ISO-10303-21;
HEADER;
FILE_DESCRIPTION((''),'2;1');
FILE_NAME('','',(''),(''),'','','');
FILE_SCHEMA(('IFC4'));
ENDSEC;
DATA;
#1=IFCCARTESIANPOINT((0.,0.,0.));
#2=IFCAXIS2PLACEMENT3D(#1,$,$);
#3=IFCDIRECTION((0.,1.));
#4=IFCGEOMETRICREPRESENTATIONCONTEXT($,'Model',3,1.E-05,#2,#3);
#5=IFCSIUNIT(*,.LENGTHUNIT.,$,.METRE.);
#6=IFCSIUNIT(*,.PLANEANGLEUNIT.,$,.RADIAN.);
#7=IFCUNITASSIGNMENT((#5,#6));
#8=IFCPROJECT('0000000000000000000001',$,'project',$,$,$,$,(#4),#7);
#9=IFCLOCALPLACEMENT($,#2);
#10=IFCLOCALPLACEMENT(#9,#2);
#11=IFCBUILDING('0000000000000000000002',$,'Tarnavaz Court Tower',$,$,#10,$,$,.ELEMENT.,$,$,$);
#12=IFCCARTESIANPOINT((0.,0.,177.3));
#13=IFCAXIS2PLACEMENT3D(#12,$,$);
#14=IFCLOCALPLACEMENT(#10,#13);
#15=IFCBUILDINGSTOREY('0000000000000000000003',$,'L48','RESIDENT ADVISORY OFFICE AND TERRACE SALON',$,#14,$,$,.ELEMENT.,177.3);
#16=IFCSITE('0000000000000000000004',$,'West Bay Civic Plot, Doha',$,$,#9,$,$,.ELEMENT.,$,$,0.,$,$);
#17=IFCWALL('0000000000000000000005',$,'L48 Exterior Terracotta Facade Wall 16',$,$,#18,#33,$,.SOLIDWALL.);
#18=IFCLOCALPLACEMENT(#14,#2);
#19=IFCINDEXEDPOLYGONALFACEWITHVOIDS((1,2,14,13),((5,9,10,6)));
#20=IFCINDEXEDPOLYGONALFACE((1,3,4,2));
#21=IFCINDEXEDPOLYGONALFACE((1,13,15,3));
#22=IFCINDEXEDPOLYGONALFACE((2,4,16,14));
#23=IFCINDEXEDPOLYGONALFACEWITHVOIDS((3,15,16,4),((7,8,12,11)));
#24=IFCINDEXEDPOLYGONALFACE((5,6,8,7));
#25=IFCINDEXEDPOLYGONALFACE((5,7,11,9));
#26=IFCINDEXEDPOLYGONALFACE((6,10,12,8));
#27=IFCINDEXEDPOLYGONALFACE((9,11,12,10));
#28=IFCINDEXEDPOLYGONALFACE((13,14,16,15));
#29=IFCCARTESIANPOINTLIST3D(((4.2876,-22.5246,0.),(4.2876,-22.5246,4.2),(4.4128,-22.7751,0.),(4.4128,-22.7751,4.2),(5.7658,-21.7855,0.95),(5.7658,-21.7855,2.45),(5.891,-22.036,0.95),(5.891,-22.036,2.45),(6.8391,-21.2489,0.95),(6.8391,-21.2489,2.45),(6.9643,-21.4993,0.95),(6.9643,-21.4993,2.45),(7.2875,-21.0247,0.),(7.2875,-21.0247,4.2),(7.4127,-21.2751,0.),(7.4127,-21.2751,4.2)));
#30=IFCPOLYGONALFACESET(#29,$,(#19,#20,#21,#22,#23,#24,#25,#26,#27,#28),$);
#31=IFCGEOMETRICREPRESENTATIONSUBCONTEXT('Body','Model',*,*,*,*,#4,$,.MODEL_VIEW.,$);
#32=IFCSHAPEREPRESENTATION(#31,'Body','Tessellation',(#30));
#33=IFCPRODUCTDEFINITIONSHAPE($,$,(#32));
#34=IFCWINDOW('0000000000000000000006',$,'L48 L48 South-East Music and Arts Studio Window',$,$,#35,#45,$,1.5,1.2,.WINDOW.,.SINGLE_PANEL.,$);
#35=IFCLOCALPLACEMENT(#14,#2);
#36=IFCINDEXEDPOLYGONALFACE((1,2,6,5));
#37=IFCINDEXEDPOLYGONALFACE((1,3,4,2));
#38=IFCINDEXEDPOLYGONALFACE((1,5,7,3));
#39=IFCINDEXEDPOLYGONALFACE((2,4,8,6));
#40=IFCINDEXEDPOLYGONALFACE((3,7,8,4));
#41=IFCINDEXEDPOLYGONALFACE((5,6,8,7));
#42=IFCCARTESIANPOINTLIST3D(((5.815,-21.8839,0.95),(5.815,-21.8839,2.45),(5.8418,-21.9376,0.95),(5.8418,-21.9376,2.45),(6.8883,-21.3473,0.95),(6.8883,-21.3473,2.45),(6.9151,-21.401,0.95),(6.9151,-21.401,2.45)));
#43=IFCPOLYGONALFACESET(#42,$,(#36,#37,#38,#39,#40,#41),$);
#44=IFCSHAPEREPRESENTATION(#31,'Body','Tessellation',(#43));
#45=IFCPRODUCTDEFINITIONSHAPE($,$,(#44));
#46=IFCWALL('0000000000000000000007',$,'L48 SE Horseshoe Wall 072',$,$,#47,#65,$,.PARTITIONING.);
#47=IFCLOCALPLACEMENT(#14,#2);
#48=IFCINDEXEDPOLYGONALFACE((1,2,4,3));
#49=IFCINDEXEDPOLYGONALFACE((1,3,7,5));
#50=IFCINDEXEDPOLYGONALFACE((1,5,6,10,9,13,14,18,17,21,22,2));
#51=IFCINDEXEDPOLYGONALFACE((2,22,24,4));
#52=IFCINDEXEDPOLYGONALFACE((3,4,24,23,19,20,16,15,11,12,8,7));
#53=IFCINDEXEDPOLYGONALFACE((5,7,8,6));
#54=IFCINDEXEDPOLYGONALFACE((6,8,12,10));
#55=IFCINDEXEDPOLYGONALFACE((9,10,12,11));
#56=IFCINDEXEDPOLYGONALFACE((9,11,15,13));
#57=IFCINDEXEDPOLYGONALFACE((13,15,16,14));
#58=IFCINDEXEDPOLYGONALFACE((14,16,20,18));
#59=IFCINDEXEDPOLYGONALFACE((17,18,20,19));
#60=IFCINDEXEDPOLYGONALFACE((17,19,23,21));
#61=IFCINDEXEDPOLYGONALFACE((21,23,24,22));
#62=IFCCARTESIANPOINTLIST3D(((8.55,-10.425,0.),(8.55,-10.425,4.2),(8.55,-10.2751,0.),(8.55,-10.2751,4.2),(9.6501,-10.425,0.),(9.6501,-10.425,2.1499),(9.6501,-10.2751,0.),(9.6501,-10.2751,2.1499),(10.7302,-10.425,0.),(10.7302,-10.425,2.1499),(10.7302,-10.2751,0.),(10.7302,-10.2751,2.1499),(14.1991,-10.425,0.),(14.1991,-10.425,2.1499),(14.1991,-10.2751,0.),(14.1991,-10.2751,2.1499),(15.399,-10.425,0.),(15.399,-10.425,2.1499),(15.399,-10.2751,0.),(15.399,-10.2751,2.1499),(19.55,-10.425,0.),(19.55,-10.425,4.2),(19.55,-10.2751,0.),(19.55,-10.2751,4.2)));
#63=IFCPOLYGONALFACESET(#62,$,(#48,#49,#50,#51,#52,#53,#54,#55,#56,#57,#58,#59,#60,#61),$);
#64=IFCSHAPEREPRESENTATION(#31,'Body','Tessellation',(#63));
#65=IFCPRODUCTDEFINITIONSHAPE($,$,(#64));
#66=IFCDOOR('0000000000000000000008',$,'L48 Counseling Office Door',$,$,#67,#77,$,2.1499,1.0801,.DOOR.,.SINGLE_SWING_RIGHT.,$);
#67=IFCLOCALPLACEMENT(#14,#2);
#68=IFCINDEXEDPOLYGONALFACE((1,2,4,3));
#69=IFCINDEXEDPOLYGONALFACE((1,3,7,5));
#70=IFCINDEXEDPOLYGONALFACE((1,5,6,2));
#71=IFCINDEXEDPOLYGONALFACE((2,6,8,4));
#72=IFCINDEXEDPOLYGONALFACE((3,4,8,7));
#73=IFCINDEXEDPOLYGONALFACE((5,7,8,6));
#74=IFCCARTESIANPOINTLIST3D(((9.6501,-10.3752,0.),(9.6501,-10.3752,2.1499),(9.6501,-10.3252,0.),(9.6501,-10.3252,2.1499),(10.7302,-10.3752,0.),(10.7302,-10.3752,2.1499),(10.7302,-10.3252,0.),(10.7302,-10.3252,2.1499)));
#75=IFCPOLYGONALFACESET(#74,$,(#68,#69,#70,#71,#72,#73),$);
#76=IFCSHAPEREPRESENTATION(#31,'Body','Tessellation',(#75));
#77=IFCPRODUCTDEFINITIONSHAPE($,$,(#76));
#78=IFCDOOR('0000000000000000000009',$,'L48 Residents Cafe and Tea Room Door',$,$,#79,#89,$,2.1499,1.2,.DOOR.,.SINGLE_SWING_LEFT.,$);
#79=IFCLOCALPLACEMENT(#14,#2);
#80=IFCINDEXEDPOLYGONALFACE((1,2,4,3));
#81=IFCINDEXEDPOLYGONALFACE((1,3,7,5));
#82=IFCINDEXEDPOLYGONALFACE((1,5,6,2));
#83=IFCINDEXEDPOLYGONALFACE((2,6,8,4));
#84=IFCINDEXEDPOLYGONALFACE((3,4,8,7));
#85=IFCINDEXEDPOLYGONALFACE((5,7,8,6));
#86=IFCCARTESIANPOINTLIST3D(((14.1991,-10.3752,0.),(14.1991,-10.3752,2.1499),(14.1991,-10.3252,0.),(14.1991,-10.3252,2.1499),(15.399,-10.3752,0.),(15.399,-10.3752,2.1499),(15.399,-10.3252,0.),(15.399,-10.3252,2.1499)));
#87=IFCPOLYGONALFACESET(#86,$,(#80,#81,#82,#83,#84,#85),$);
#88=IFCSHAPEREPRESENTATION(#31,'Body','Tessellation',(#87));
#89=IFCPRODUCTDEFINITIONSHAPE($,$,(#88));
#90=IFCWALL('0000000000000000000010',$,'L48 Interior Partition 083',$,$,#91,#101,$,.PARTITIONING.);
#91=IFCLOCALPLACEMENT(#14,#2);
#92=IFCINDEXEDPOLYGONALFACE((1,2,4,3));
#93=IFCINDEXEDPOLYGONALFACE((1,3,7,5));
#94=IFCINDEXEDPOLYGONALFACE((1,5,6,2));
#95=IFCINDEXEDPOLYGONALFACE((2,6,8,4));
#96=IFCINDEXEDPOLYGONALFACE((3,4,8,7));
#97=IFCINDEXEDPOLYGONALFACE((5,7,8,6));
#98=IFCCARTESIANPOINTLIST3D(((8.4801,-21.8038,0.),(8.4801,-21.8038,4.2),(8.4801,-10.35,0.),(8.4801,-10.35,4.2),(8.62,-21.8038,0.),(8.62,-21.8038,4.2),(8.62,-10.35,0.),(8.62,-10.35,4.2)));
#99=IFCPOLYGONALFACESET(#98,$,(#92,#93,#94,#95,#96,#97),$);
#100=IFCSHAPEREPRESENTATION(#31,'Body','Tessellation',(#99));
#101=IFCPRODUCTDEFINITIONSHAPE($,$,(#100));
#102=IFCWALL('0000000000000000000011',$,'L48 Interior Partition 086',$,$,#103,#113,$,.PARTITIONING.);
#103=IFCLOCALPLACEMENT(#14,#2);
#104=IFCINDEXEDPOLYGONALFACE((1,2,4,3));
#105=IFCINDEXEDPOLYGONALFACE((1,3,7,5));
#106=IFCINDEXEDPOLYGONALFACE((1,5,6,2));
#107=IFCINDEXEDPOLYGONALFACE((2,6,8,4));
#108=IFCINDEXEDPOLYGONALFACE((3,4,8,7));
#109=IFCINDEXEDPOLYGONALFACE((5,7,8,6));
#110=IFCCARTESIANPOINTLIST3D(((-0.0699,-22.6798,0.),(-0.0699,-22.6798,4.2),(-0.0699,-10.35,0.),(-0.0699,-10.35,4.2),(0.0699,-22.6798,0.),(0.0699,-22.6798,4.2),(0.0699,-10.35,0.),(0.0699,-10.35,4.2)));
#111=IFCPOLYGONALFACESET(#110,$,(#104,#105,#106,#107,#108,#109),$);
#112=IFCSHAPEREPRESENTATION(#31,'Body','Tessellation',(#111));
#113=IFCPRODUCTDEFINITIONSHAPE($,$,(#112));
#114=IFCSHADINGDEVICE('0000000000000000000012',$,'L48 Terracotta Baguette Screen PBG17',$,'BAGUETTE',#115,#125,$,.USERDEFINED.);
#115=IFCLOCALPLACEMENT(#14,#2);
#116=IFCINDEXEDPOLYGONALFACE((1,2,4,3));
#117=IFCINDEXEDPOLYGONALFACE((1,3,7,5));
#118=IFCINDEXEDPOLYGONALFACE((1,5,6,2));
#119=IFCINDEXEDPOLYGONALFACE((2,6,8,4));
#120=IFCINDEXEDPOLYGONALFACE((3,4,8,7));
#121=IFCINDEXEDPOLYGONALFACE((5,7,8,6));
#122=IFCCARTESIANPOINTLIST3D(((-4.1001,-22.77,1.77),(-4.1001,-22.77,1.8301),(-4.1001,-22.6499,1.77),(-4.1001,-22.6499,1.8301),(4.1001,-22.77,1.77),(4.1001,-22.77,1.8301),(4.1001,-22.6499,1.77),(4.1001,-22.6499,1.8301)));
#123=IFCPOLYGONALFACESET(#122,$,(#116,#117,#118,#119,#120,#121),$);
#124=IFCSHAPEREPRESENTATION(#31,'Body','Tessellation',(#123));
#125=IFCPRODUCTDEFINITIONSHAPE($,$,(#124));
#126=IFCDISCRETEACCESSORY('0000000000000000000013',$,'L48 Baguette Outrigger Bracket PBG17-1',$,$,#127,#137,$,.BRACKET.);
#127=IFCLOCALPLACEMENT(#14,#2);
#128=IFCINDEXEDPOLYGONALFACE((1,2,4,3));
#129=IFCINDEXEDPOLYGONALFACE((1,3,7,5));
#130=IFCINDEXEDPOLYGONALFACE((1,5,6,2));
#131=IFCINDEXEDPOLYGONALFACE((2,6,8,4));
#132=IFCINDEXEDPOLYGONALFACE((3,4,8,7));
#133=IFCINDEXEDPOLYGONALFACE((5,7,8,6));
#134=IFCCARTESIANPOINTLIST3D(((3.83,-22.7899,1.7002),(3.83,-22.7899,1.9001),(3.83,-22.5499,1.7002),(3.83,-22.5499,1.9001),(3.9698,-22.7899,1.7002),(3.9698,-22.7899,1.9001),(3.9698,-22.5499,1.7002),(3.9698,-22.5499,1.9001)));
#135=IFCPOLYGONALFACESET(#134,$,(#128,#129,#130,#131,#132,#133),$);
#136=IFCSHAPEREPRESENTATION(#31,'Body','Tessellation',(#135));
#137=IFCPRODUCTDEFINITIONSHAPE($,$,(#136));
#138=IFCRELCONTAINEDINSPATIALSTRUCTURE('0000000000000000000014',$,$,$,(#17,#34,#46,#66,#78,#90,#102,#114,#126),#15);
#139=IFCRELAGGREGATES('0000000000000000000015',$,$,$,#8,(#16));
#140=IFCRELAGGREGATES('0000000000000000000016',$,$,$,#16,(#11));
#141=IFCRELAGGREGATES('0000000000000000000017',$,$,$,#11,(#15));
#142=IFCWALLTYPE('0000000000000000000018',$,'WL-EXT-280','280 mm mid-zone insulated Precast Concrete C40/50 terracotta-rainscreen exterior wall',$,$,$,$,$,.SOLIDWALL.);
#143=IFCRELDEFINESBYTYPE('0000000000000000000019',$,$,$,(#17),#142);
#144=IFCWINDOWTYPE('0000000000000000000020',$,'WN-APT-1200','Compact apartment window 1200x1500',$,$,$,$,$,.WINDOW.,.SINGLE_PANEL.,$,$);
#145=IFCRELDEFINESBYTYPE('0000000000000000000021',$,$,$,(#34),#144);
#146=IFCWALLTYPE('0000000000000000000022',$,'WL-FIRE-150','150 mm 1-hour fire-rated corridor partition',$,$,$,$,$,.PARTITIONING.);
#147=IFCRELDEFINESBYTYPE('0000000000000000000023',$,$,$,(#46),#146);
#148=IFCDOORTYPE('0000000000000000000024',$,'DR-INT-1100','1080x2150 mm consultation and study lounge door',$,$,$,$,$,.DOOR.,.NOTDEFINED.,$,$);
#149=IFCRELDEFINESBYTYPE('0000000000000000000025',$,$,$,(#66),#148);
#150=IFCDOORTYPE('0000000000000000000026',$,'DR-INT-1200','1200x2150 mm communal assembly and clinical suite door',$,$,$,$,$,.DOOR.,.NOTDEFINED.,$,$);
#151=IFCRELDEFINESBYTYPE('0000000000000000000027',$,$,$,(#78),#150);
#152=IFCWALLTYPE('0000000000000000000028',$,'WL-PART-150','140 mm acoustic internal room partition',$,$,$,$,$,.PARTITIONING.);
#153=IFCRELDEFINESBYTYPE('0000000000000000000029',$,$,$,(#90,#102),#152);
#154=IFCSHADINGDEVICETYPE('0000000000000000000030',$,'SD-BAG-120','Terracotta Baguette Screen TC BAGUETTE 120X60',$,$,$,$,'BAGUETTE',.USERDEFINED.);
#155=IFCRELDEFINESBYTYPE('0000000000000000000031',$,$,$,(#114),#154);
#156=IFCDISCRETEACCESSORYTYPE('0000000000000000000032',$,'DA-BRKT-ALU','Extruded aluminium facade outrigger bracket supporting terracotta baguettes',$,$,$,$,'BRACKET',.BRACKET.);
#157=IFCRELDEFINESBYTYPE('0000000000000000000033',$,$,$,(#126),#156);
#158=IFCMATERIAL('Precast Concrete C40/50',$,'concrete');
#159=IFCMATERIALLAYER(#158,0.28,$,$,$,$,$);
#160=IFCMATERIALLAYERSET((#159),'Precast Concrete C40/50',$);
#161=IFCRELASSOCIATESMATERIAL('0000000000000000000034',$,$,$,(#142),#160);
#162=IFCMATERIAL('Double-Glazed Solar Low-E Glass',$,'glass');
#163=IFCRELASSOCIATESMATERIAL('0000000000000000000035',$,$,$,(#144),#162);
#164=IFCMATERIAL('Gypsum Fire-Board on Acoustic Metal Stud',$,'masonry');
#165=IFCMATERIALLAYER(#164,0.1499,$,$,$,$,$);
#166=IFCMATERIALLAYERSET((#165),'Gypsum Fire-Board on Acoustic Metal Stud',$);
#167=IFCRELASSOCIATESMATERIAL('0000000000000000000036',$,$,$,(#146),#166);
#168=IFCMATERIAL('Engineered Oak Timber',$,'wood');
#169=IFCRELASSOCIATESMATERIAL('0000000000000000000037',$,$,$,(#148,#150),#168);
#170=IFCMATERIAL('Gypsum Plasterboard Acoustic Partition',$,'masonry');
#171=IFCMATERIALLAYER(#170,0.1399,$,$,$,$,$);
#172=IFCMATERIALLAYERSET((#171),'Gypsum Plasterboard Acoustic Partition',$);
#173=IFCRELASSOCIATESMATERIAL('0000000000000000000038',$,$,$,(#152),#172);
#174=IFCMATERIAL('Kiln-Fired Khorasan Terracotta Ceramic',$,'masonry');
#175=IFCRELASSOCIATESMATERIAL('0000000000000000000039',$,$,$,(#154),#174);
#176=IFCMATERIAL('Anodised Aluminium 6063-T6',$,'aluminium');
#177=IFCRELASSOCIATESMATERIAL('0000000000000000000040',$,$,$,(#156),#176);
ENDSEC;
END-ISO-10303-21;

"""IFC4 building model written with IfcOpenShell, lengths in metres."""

from ifc_helpers import new_model, si_unit, direction, frame, frame_2d, origin, origin_2d, place, context, subcontext, project, spatial, rectangle, extrude, material, layer, layer_set, material_profile, profile_set, type_object, element, fill, save


model = new_model("IFC4")

# Units and contexts
model_context = context("Model", 3, precision=1e-05, world=origin(), true_north=direction((0.0, 1.0)))
body_context = subcontext(model_context, "Body", "Model", "MODEL_VIEW")
ifc_project = project(units=[si_unit("LENGTHUNIT", "METRE"), si_unit("PLANEANGLEUNIT", "RADIAN")], contexts=[model_context])

# Site, building, storey
site_placement = place(None, origin())
site = spatial("IfcSite", under=ifc_project, at=site_placement, Name="West Bay Civic Plot, Doha", CompositionType="ELEMENT", RefElevation=0.0)
building_placement = place(site_placement, origin())
building = spatial("IfcBuilding", under=site, at=building_placement, Name="Tarnavaz Court Tower", CompositionType="ELEMENT")
storey_placement = place(building_placement, frame((0.0, 0.0, 177.3)))
storey = spatial("IfcBuildingStorey", under=building, at=storey_placement, Name="L48", Description="RESIDENT ADVISORY OFFICE AND TERRACE SALON", CompositionType="ELEMENT", Elevation=177.3)

# Shared definitions
ifc_material_1 = material(Name="Anodised Aluminium 6063-T6", Category="aluminium")

# Shared definitions
ifc_material_2 = material(Name="Double-Glazed Solar Low-E Glass", Category="glass")

# Wall, opening, window
ifc_material_3 = material(Name="Precast Concrete C40/50", Category="concrete")
ifc_layer_1 = layer(ifc_material_3, 0.28)
ifc_layer_set_1 = layer_set([ifc_layer_1], Name="Precast Concrete C40/50")
wall_type_1 = type_object("IfcWallType", Name="WL-EXT-280", Description="280 mm mid-zone insulated Precast Concrete C40/50 terracotta-rainscreen exterior wall", PredefinedType="SOLIDWALL", material=ifc_layer_set_1)
wall_1_placement = place(storey_placement, frame((7.3501, -21.1499, 0.0), z_axis=(0.0, 0.0, 1.0), x_axis=(-0.894427, -0.447214, 0.0)))
wall_1 = element("IfcWall", 1, at=wall_1_placement, inside=storey, type_object=wall_type_1, Name="L48 Exterior Terracotta Facade Wall 16", PredefinedType="SOLIDWALL", context=body_context, shape_type="SweptSolid", body=[
    extrude(rectangle(XDim=3.354, YDim=0.28, at=frame_2d((1.677, 0.0))), origin(), (0.0, 0.0, 1.0), 4.2),
])
opening_1_placement = place(wall_1_placement, frame((0.5012, 0.0, 0.95)))
opening_1 = element("IfcOpeningElement", 2, at=opening_1_placement, cuts=wall_1, PredefinedType="OPENING", context=body_context, shape_type="SweptSolid", body=[
    extrude(rectangle(XDim=1.2, YDim=1.5, at=frame_2d((0.6001, 0.75))), frame((0.0, 0.1499, 0.0), z_axis=(0.0, -1.0, 0.0), x_axis=(1.0, 0.0, 0.0)), (0.0, 0.0, 1.0), 0.3),
])
window_type = type_object("IfcWindowType", Name="WN-APT-1200", Description="Compact apartment window 1200x1500", PartitioningType="SINGLE_PANEL", PredefinedType="WINDOW", material=ifc_material_2)
window_placement = place(opening_1_placement, origin())
window = element("IfcWindow", 3, at=window_placement, inside=storey, type_object=window_type, Name="L48 L48 South-East Music and Arts Studio Window", OverallHeight=1.5, OverallWidth=1.2, PartitioningType="SINGLE_PANEL", PredefinedType="WINDOW", context=body_context, shape_type="SweptSolid", body=[
    extrude(rectangle(XDim=1.2, YDim=1.5, at=frame_2d((0.6001, 0.75))), frame((0.0, 0.03, 0.0), z_axis=(0.0, -1.0, 0.0), x_axis=(1.0, 0.0, 0.0)), (0.0, 0.0, 1.0), 0.0601),
])
fill(opening_1, window)

# Wall, openings, doors
ifc_material_4 = material(Name="Gypsum Fire-Board on Acoustic Metal Stud", Category="masonry")
ifc_layer_2 = layer(ifc_material_4, 0.1499)
ifc_layer_set_2 = layer_set([ifc_layer_2], Name="Gypsum Fire-Board on Acoustic Metal Stud")
wall_type_2 = type_object("IfcWallType", Name="WL-FIRE-150", Description="150 mm 1-hour fire-rated corridor partition", PredefinedType="PARTITIONING", material=ifc_layer_set_2)
wall_2_placement = place(storey_placement, frame((8.55, -10.3501, 0.0), z_axis=(0.0, 0.0, 1.0), x_axis=(1.0, 0.0, 0.0)))
wall_2 = element("IfcWall", 4, at=wall_2_placement, inside=storey, type_object=wall_type_2, Name="L48 SE Horseshoe Wall 072", PredefinedType="PARTITIONING", context=body_context, shape_type="SweptSolid", body=[
    extrude(rectangle(XDim=11.0, YDim=0.1499, at=frame_2d((5.5, 0.0))), origin(), (0.0, 0.0, 1.0), 4.2),
])
opening_2_placement = place(wall_2_placement, frame((1.1001, 0.0, 0.0)))
opening_2 = element("IfcOpeningElement", 5, at=opening_2_placement, cuts=wall_2, PredefinedType="OPENING", context=body_context, shape_type="SweptSolid", body=[
    extrude(rectangle(XDim=1.0801, YDim=2.1499, at=frame_2d((0.54, 1.075))), frame((0.0, 0.085, 0.0), z_axis=(0.0, -1.0, 0.0), x_axis=(1.0, 0.0, 0.0)), (0.0, 0.0, 1.0), 0.1699),
])
opening_3_placement = place(wall_2_placement, frame((5.6489, 0.0, 0.0)))
opening_3 = element("IfcOpeningElement", 6, at=opening_3_placement, cuts=wall_2, PredefinedType="OPENING", context=body_context, shape_type="SweptSolid", body=[
    extrude(rectangle(XDim=1.2, YDim=2.1499, at=frame_2d((0.6001, 1.075))), frame((0.0, 0.085, 0.0), z_axis=(0.0, -1.0, 0.0), x_axis=(1.0, 0.0, 0.0)), (0.0, 0.0, 1.0), 0.1699),
])
ifc_material_5 = material(Name="Engineered Oak Timber", Category="wood")
door_type_1 = type_object("IfcDoorType", Name="DR-INT-1100", Description="1080x2150 mm consultation and study lounge door", OperationType="NOTDEFINED", PredefinedType="DOOR", material=ifc_material_5)
door_1_placement = place(opening_2_placement, origin())
door_1 = element("IfcDoor", 7, at=door_1_placement, inside=storey, type_object=door_type_1, Name="L48 Counseling Office Door", OperationType="SINGLE_SWING_RIGHT", OverallHeight=2.1499, OverallWidth=1.0801, PredefinedType="DOOR", context=body_context, shape_type="SweptSolid", body=[
    extrude(rectangle(XDim=1.0801, YDim=2.1499, at=frame_2d((0.54, 1.075))), frame((0.0, 0.0249, 0.0), z_axis=(0.0, -1.0, 0.0), x_axis=(1.0, 0.0, 0.0)), (0.0, 0.0, 1.0), 0.05),
])
fill(opening_2, door_1)
door_type_2 = type_object("IfcDoorType", Name="DR-INT-1200", Description="1200x2150 mm communal assembly and clinical suite door", OperationType="NOTDEFINED", PredefinedType="DOOR", material=ifc_material_5)
door_2_placement = place(opening_3_placement, origin())
door_2 = element("IfcDoor", 8, at=door_2_placement, inside=storey, type_object=door_type_2, Name="L48 Residents Cafe and Tea Room Door", OperationType="SINGLE_SWING_LEFT", OverallHeight=2.1499, OverallWidth=1.2, PredefinedType="DOOR", context=body_context, shape_type="SweptSolid", body=[
    extrude(rectangle(XDim=1.2, YDim=2.1499, at=frame_2d((0.6001, 1.075))), frame((0.0, 0.0249, 0.0), z_axis=(0.0, -1.0, 0.0), x_axis=(1.0, 0.0, 0.0)), (0.0, 0.0, 1.0), 0.05),
])
fill(opening_3, door_2)

# Walls
ifc_material_6 = material(Name="Gypsum Plasterboard Acoustic Partition", Category="masonry")
ifc_layer_3 = layer(ifc_material_6, 0.1399)
ifc_layer_set_3 = layer_set([ifc_layer_3], Name="Gypsum Plasterboard Acoustic Partition")
wall_type_3 = type_object("IfcWallType", Name="WL-PART-150", Description="140 mm acoustic internal room partition", PredefinedType="PARTITIONING", material=ifc_layer_set_3)
wall_3_placement = place(storey_placement, frame((8.55, -21.804, 0.0), z_axis=(0.0, 0.0, 1.0), x_axis=(0.0, 1.0, 0.0)))
element("IfcWall", 9, at=wall_3_placement, inside=storey, type_object=wall_type_3, Name="L48 Interior Partition 083", PredefinedType="PARTITIONING", context=body_context, shape_type="SweptSolid", body=[
    extrude(rectangle(XDim=11.4539, YDim=0.1399, at=frame_2d((5.7271, 0.0))), origin(), (0.0, 0.0, 1.0), 4.2),
])
wall_4_placement = place(storey_placement, frame((0.0, -22.6799, 0.0), z_axis=(0.0, 0.0, 1.0), x_axis=(0.0, 1.0, 0.0)))
element("IfcWall", 10, at=wall_4_placement, inside=storey, type_object=wall_type_3, Name="L48 Interior Partition 086", PredefinedType="PARTITIONING", context=body_context, shape_type="SweptSolid", body=[
    extrude(rectangle(XDim=12.3298, YDim=0.1399, at=frame_2d((6.165, 0.0))), origin(), (0.0, 0.0, 1.0), 4.2),
])

# Shading device
ifc_material_7 = material(Name="Kiln-Fired Khorasan Terracotta Ceramic", Category="masonry")
ifc_material_profile_1 = material_profile(ifc_material_7, rectangle(XDim=0.1201, YDim=0.0601, at=origin_2d()), Name="TC BAGUETTE 120X60")
ifc_profile_set_1 = profile_set([ifc_material_profile_1], Name="Kiln-Fired Khorasan Terracotta Ceramic")
shading_device_type = type_object("IfcShadingDeviceType", Name="SD-BAG-120", Description="Terracotta Baguette Screen TC BAGUETTE 120X60", ElementType="BAGUETTE", PredefinedType="USERDEFINED", material=ifc_profile_set_1)
shading_device_placement = place(storey_placement, frame((4.1001, -22.71, 1.8), z_axis=(-1.0, 0.0, 0.0), x_axis=(0.0, -1.0, 0.0)))
element("IfcShadingDevice", 11, at=shading_device_placement, inside=storey, type_object=shading_device_type, Name="L48 Terracotta Baguette Screen PBG17", ObjectType="BAGUETTE", PredefinedType="USERDEFINED", context=body_context, shape_type="SweptSolid", body=[
    extrude(rectangle(XDim=0.1201, YDim=0.0601, at=origin_2d()), origin(), (0.0, 0.0, 1.0), 8.2002),
])

# Discrete accessory
discrete_accessory_type = type_object("IfcDiscreteAccessoryType", Name="DA-BRKT-ALU", Description="Extruded aluminium facade outrigger bracket supporting terracotta baguettes", ElementType="BRACKET", PredefinedType="BRACKET", material=ifc_material_1)
discrete_accessory_placement = place(storey_placement, frame((3.8999, -22.6699, 1.7002), z_axis=(0.0, 0.0, 1.0), x_axis=(-1.0, 0.0, 0.0)))
element("IfcDiscreteAccessory", 12, at=discrete_accessory_placement, inside=storey, type_object=discrete_accessory_type, Name="L48 Baguette Outrigger Bracket PBG17-1", PredefinedType="BRACKET", context=body_context, shape_type="SweptSolid", body=[
    extrude(rectangle(XDim=0.1399, YDim=0.24, at=origin_2d()), origin(), (0.0, 0.0, 1.0), 0.2),
])

save(model, "model.ifc")
